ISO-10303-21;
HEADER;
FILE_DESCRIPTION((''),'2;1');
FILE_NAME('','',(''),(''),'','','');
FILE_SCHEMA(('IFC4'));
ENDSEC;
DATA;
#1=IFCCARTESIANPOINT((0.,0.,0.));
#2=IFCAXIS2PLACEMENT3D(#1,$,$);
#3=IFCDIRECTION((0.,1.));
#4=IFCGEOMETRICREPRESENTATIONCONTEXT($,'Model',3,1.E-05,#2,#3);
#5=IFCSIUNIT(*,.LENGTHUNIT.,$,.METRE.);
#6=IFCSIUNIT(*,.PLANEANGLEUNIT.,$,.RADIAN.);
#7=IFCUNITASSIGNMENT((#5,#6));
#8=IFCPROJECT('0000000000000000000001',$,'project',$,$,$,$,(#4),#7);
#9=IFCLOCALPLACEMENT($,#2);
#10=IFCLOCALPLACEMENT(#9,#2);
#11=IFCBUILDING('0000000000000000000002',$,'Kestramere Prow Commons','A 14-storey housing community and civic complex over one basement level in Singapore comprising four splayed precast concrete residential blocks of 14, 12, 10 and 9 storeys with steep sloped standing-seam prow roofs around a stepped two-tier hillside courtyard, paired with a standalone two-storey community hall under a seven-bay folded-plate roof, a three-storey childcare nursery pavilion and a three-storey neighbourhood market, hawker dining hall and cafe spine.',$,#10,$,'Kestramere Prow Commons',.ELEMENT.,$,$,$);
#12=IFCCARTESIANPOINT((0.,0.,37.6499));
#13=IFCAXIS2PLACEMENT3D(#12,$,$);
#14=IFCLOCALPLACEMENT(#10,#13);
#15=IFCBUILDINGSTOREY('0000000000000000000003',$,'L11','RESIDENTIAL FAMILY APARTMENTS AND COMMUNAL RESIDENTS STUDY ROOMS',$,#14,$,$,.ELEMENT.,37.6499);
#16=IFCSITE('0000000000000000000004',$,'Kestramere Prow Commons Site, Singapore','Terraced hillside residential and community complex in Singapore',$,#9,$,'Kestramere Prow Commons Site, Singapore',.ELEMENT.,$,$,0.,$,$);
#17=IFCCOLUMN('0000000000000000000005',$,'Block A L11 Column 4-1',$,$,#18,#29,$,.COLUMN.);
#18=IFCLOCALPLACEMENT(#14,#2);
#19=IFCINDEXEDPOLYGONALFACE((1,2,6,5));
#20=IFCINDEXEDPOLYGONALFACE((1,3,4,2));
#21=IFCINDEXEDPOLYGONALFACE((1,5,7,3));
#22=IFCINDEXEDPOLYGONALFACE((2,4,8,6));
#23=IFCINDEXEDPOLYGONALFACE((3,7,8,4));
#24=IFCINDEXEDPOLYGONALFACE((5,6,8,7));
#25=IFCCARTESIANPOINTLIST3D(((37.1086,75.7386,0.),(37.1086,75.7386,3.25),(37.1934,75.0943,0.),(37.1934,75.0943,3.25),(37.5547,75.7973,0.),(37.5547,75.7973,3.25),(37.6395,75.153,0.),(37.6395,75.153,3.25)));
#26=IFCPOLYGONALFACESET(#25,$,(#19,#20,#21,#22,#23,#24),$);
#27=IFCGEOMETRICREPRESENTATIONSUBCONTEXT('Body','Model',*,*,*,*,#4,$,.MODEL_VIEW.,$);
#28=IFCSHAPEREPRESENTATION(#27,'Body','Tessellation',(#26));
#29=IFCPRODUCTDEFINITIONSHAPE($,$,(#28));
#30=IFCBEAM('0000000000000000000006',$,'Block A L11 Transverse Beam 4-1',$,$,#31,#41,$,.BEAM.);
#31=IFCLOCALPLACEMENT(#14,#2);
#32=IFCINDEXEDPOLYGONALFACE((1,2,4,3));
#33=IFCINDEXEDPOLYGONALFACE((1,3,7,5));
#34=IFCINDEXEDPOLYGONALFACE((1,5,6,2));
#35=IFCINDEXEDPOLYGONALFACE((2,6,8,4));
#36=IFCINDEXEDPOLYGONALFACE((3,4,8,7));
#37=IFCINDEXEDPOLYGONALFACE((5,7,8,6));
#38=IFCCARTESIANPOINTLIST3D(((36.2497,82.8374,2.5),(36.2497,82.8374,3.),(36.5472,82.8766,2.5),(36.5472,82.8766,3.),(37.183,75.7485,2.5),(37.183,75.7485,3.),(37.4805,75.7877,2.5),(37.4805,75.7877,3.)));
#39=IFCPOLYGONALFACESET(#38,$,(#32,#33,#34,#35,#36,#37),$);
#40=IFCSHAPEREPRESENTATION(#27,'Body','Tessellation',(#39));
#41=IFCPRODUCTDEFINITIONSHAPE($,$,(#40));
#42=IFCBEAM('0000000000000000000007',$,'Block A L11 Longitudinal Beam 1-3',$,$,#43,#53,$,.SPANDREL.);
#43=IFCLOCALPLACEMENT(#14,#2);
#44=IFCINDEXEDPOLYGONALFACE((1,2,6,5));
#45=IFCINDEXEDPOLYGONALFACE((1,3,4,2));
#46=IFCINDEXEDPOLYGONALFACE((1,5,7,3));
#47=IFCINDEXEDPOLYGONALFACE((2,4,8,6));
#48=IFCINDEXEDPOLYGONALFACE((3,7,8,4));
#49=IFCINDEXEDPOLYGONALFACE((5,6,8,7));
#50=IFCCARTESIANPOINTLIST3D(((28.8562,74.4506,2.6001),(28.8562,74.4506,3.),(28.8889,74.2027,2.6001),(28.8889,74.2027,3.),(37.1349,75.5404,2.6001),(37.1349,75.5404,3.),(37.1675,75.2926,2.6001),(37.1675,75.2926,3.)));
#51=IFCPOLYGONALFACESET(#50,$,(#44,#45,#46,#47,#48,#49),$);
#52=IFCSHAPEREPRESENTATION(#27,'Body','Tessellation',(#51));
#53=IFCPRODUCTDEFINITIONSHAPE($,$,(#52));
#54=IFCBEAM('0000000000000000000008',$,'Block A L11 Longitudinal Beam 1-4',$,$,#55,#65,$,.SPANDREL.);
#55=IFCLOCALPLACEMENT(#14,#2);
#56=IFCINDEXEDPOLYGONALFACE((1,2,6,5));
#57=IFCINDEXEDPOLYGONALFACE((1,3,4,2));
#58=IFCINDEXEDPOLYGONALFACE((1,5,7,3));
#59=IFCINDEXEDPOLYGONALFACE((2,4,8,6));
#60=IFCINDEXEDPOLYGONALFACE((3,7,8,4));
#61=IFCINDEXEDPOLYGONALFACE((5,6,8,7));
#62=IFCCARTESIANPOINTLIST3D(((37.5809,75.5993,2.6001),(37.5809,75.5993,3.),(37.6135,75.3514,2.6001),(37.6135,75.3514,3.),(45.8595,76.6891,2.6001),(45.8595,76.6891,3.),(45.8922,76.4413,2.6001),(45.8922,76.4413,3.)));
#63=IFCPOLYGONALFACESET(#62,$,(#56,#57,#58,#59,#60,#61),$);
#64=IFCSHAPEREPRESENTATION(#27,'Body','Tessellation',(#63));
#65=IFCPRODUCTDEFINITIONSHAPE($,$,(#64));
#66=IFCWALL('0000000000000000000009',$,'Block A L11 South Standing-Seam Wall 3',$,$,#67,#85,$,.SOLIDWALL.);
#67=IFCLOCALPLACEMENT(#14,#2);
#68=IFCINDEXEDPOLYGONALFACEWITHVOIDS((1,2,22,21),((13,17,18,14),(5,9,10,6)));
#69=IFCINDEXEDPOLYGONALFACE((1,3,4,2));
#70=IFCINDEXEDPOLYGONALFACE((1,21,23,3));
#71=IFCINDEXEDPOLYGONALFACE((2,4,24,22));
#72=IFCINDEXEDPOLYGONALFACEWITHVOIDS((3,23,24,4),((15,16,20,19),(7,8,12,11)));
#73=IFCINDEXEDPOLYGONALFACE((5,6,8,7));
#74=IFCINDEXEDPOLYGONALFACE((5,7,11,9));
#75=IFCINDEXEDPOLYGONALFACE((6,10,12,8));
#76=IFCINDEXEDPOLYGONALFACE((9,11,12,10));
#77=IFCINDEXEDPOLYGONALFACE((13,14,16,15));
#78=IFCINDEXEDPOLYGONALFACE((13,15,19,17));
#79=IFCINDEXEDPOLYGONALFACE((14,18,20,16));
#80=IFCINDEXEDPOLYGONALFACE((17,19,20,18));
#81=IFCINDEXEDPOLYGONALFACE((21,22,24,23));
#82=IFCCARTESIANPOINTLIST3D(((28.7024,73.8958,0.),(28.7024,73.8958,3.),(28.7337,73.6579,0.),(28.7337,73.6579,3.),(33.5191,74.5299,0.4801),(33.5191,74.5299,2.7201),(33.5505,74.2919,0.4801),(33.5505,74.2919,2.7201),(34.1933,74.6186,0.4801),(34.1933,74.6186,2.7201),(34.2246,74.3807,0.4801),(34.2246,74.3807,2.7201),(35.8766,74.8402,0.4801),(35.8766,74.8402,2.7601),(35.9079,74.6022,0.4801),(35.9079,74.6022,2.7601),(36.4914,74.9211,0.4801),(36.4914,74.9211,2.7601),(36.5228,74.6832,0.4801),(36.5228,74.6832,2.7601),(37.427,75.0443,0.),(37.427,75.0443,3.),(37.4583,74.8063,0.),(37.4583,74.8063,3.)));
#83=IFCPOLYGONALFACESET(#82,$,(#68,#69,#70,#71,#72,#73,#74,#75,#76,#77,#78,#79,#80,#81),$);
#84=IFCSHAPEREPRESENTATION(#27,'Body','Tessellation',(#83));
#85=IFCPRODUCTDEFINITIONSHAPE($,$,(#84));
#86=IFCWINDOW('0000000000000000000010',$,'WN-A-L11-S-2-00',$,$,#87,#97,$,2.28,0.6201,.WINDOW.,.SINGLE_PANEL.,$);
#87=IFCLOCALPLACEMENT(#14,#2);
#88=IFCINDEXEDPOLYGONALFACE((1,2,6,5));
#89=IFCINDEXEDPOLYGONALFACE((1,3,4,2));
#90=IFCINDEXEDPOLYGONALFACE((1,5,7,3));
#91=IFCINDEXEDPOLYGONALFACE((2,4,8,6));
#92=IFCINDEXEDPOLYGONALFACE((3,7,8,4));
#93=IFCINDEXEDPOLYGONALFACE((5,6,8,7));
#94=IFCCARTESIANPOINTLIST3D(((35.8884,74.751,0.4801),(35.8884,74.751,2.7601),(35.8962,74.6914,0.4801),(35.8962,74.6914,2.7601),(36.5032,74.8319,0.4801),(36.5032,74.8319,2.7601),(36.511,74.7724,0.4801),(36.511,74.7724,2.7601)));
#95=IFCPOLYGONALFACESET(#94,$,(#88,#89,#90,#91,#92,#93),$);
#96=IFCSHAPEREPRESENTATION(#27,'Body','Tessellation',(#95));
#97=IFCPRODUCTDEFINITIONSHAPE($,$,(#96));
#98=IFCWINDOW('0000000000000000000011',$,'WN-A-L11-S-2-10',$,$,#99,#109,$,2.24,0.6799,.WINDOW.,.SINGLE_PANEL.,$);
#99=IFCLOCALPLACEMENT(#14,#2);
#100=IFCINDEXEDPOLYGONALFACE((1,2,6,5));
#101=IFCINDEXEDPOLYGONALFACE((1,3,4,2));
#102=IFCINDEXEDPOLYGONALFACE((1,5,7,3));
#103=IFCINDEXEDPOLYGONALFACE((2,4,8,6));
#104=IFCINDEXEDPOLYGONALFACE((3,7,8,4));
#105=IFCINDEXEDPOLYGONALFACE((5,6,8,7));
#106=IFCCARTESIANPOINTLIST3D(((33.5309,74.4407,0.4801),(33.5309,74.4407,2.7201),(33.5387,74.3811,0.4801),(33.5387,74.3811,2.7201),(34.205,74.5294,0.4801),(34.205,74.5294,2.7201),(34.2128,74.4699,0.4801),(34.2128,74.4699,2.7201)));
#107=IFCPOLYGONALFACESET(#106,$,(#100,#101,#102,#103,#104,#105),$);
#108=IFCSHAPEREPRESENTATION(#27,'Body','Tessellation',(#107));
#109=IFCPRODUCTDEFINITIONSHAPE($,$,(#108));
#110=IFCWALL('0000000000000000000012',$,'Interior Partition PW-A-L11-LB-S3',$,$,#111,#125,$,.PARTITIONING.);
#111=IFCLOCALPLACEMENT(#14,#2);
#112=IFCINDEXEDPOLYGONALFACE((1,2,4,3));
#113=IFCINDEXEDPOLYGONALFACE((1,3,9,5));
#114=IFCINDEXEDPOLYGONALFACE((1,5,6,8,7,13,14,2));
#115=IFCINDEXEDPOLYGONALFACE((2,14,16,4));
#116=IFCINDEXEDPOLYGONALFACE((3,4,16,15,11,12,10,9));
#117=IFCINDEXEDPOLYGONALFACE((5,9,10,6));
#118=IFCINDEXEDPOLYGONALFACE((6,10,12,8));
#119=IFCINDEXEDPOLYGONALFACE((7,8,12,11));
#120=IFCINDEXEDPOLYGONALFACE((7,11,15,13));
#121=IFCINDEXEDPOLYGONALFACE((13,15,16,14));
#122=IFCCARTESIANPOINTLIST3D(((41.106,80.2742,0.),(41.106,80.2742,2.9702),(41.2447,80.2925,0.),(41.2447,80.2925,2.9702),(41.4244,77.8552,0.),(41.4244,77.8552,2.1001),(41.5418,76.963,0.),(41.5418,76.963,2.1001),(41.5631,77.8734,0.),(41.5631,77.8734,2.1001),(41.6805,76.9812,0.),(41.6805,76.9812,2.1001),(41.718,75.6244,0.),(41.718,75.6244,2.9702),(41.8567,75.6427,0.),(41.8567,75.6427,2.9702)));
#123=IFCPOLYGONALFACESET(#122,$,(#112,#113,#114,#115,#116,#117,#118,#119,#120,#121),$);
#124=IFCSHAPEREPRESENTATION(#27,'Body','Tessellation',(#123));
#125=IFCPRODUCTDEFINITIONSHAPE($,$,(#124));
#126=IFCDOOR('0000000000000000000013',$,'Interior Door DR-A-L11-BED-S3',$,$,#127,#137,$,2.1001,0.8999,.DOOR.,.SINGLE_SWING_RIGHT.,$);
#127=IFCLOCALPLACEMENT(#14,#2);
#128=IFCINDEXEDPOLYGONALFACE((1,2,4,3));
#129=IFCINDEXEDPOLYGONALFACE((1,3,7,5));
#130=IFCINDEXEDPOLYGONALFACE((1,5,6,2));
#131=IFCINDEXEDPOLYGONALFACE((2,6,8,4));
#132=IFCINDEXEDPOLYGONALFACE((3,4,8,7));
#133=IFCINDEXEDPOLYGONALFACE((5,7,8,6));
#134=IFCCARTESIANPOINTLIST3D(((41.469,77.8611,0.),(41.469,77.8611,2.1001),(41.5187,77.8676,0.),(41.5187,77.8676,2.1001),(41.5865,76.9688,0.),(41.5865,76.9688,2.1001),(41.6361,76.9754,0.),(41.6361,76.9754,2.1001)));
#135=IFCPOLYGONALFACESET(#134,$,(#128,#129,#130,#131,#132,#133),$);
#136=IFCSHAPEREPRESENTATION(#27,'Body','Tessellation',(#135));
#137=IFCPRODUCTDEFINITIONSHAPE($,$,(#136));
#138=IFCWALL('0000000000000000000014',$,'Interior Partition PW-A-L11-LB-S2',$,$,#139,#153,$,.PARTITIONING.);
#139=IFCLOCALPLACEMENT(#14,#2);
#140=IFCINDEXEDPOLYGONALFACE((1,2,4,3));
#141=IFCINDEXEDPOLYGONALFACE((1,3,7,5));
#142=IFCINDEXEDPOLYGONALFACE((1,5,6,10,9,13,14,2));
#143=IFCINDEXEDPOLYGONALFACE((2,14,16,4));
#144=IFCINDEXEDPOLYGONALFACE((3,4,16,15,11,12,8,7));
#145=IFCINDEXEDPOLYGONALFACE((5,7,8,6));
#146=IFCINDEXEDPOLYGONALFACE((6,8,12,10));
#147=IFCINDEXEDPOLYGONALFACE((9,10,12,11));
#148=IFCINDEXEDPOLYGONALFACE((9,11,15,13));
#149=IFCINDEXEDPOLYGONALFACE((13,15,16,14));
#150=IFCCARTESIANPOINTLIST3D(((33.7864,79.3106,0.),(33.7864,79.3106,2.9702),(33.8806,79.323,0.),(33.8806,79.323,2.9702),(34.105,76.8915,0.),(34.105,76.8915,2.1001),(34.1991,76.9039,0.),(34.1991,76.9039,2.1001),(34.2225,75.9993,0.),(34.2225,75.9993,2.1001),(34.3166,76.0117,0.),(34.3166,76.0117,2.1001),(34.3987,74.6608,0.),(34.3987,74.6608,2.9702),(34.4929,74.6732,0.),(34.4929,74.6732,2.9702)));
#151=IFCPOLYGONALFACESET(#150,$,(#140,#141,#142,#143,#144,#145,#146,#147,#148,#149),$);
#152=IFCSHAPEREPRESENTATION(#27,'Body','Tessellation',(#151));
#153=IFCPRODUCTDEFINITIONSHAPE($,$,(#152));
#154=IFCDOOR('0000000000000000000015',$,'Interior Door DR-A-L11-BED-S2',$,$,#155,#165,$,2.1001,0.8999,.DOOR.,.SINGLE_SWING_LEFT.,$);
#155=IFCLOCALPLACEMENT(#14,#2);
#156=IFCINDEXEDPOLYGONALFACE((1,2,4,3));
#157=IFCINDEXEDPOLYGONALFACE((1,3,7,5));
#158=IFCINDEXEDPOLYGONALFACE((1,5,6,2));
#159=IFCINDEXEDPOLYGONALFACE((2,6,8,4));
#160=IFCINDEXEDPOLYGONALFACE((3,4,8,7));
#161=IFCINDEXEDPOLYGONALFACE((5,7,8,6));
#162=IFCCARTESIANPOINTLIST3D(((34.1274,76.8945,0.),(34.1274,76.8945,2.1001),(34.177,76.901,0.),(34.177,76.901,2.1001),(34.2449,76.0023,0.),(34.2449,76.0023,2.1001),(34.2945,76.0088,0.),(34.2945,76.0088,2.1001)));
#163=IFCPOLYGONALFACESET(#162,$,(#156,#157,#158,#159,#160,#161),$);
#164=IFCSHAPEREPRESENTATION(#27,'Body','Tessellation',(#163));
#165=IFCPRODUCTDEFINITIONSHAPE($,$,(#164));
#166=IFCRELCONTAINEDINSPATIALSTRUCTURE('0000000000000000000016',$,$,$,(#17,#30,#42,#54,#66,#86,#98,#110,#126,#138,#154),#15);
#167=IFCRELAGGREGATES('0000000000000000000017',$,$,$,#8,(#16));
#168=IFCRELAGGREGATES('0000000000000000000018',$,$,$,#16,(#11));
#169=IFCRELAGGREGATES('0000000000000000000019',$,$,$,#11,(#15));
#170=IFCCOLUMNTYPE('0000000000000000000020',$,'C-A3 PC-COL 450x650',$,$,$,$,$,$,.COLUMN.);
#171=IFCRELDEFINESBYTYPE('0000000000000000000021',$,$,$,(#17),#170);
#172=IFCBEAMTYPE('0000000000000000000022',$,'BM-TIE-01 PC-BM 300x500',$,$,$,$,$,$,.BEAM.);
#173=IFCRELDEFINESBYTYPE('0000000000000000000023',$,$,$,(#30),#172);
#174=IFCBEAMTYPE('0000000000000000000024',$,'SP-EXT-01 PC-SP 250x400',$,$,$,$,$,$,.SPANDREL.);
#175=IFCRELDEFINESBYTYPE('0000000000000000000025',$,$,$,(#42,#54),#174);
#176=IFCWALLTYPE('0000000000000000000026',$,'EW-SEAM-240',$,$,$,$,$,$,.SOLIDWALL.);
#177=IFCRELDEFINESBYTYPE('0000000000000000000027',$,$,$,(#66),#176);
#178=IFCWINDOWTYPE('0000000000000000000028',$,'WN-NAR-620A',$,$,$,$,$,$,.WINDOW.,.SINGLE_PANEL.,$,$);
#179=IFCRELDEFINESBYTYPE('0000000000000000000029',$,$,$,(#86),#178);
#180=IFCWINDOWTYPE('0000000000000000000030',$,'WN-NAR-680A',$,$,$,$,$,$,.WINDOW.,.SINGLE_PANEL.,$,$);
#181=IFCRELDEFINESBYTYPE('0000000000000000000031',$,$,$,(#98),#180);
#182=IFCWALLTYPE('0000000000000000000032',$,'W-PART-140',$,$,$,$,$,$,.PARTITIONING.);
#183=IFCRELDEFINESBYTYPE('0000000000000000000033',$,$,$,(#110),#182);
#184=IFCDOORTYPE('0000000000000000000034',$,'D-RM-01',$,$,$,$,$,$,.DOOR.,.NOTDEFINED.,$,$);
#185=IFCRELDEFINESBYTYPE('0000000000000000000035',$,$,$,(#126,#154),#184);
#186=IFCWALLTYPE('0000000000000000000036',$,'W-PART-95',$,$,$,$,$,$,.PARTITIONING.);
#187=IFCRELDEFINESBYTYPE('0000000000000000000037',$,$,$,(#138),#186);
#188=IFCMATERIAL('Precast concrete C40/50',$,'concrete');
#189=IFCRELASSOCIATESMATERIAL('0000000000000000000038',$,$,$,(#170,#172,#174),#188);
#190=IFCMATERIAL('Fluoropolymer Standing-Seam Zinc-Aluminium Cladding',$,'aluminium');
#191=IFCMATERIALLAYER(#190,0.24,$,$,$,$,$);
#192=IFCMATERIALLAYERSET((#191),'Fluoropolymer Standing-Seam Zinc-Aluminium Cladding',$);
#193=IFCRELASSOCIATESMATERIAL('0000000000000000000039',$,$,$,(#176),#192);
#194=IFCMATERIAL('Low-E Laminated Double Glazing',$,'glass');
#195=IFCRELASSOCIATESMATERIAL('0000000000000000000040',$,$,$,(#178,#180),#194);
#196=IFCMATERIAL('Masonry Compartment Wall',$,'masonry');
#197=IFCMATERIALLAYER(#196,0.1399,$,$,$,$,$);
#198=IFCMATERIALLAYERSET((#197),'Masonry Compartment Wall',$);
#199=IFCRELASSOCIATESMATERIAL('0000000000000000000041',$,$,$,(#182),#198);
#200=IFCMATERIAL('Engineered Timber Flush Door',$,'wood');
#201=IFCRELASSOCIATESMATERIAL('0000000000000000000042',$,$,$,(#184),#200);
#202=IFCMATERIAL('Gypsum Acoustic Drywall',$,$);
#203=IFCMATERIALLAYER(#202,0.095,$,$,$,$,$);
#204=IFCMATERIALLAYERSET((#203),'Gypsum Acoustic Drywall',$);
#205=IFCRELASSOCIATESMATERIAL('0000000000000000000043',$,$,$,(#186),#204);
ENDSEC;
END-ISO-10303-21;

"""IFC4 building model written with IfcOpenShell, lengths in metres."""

from ifc_helpers import new_model, si_unit, direction, frame, frame_2d, origin, origin_2d, place, context, subcontext, project, spatial, rectangle, extrude, material, layer, layer_set, material_profile, profile_set, type_object, element, fill, save


model = new_model("IFC4")

# Units and contexts
model_context = context("Model", 3, precision=1e-05, world=origin(), true_north=direction((0.0, 1.0)))
body_context = subcontext(model_context, "Body", "Model", "MODEL_VIEW")
ifc_project = project(units=[si_unit("LENGTHUNIT", "METRE"), si_unit("PLANEANGLEUNIT", "RADIAN")], contexts=[model_context])

# Site, building, storey
site_placement = place(None, origin())
site = spatial("IfcSite", under=ifc_project, at=site_placement, Name="Kestramere Prow Commons Site, Singapore", Description="Terraced hillside residential and community complex in Singapore", LongName="Kestramere Prow Commons Site, Singapore", CompositionType="ELEMENT", RefElevation=0.0)
building_placement = place(site_placement, origin())
building = spatial("IfcBuilding", under=site, at=building_placement, Name="Kestramere Prow Commons", Description="A 14-storey housing community and civic complex over one basement level in Singapore comprising four splayed precast concrete residential blocks of 14, 12, 10 and 9 storeys with steep sloped standing-seam prow roofs around a stepped two-tier hillside courtyard, paired with a standalone two-storey community hall under a seven-bay folded-plate roof, a three-storey childcare nursery pavilion and a three-storey neighbourhood market, hawker dining hall and cafe spine.", LongName="Kestramere Prow Commons", CompositionType="ELEMENT")
storey_placement = place(building_placement, frame((0.0, 0.0, 37.6499)))
storey = spatial("IfcBuildingStorey", under=building, at=storey_placement, Name="L11", Description="RESIDENTIAL FAMILY APARTMENTS AND COMMUNAL RESIDENTS STUDY ROOMS", CompositionType="ELEMENT", Elevation=37.6499)

# Column
ifc_material_1 = material(Name="Precast concrete C40/50", Category="concrete")
ifc_material_profile_1 = material_profile(ifc_material_1, rectangle(XDim=0.45, YDim=0.6499, at=origin_2d()), Name="PC-COL 450x650")
ifc_profile_set_1 = profile_set([ifc_material_profile_1], Name="Precast concrete C40/50")
column_type = type_object("IfcColumnType", Name="C-A3 PC-COL 450x650", PredefinedType="COLUMN", material=ifc_profile_set_1)
column_placement = place(storey_placement, frame((37.374, 75.4458, 0.0), z_axis=(0.0, 0.0, 1.0), x_axis=(0.991445, 0.130526, 0.0)))
element("IfcColumn", 1, at=column_placement, inside=storey, type_object=column_type, Name="Block A L11 Column 4-1", PredefinedType="COLUMN", context=body_context, shape_type="SweptSolid", body=[
    extrude(rectangle(XDim=0.45, YDim=0.6499, at=origin_2d()), origin(), (0.0, 0.0, 1.0), 3.25),
])

# Beams
ifc_material_profile_2 = material_profile(ifc_material_1, rectangle(XDim=0.3, YDim=0.5, at=origin_2d()), Name="PC-BM 300x500")
ifc_profile_set_2 = profile_set([ifc_material_profile_2], Name="Precast concrete C40/50")
beam_type_1 = type_object("IfcBeamType", Name="BM-TIE-01 PC-BM 300x500", PredefinedType="BEAM", material=ifc_profile_set_2)
beam_placement = place(storey_placement, frame((37.3318, 75.7681, 2.75), z_axis=(-0.130538, 0.991443, 0.0), x_axis=(-0.991443, -0.130538, 0.0)))
element("IfcBeam", 2, at=beam_placement, inside=storey, type_object=beam_type_1, Name="Block A L11 Transverse Beam 4-1", PredefinedType="BEAM", context=body_context, shape_type="SweptSolid", body=[
    extrude(rectangle(XDim=0.3, YDim=0.5, at=origin_2d()), origin(), (0.0, 0.0, 1.0), 7.1501),
])
ifc_material_profile_3 = material_profile(ifc_material_1, rectangle(XDim=0.25, YDim=0.3999, at=origin_2d()), Name="PC-SP 250x400")
ifc_profile_set_3 = profile_set([ifc_material_profile_3], Name="Precast concrete C40/50")
beam_type_2 = type_object("IfcBeamType", Name="SP-EXT-01 PC-SP 250x400", PredefinedType="SPANDREL", material=ifc_profile_set_3)
for number, where, z_axis, x_axis, name in (
    (3, (28.8726, 74.3267, 2.8), (0.991446, 0.13052, 0.0), (-0.13052, 0.991446, 0.0), "Block A L11 Longitudinal Beam 1-3"),
    (4, (37.5972, 75.4753, 2.8), (0.991446, 0.13052, 0.0), (-0.13052, 0.991446, 0.0), "Block A L11 Longitudinal Beam 1-4"),
):
    element("IfcBeam", number, at=place(storey_placement, frame(where, z_axis=z_axis, x_axis=x_axis)), inside=storey, type_object=beam_type_2, Name=name, PredefinedType="SPANDREL", context=body_context, shape_type="SweptSolid", body=[
        extrude(rectangle(XDim=0.25, YDim=0.3999, at=origin_2d()), origin(), (0.0, 0.0, 1.0), 8.3501),
    ])

# Wall, openings, windows
ifc_material_2 = material(Name="Fluoropolymer Standing-Seam Zinc-Aluminium Cladding", Category="aluminium")
ifc_layer_1 = layer(ifc_material_2, 0.24)
ifc_layer_set_1 = layer_set([ifc_layer_1], Name="Fluoropolymer Standing-Seam Zinc-Aluminium Cladding")
wall_type_1 = type_object("IfcWallType", Name="EW-SEAM-240", PredefinedType="SOLIDWALL", material=ifc_layer_set_1)
wall_1_placement = place(storey_placement, frame((37.4426, 74.9253, 0.0), z_axis=(0.0, 0.0, 1.0), x_axis=(-0.991447, -0.130506, 0.0)))
wall_1 = element("IfcWall", 5, at=wall_1_placement, inside=storey, type_object=wall_type_1, Name="Block A L11 South Standing-Seam Wall 3", PredefinedType="SOLIDWALL", context=body_context, shape_type="SweptSolid", body=[
    extrude(rectangle(XDim=8.7998, YDim=0.24, at=frame_2d((4.3999, 0.0))), origin(), (0.0, 0.0, 1.0), 3.0),
])
opening_1_placement = place(wall_1_placement, frame((0.9436, 0.0, 0.48)))
opening_1 = element("IfcOpeningElement", 6, at=opening_1_placement, cuts=wall_1, PredefinedType="OPENING", context=body_context, shape_type="SweptSolid", body=[
    extrude(rectangle(XDim=0.6201, YDim=2.28, at=frame_2d((0.3101, 1.1401))), frame((0.0, 0.135, 0.0), z_axis=(0.0, -1.0, 0.0), x_axis=(1.0, 0.0, 0.0)), (0.0, 0.0, 1.0), 0.27),
])
opening_2_placement = place(wall_1_placement, frame((3.2617, 0.0, 0.48)))
opening_2 = element("IfcOpeningElement", 7, at=opening_2_placement, cuts=wall_1, PredefinedType="OPENING", context=body_context, shape_type="SweptSolid", body=[
    extrude(rectangle(XDim=0.6799, YDim=2.24, at=frame_2d((0.3398, 1.1201))), frame((0.0, 0.135, 0.0), z_axis=(0.0, -1.0, 0.0), x_axis=(1.0, 0.0, 0.0)), (0.0, 0.0, 1.0), 0.27),
])
ifc_material_3 = material(Name="Low-E Laminated Double Glazing", Category="glass")
window_type_1 = type_object("IfcWindowType", Name="WN-NAR-620A", PartitioningType="SINGLE_PANEL", PredefinedType="WINDOW", material=ifc_material_3)
window_1_placement = place(opening_1_placement, origin())
window_1 = element("IfcWindow", 8, at=window_1_placement, inside=storey, type_object=window_type_1, Name="WN-A-L11-S-2-00", OverallHeight=2.28, OverallWidth=0.6201, PartitioningType="SINGLE_PANEL", PredefinedType="WINDOW", context=body_context, shape_type="SweptSolid", body=[
    extrude(rectangle(XDim=0.6201, YDim=2.28, at=frame_2d((0.3101, 1.1401))), frame((0.0, 0.03, 0.0), z_axis=(0.0, -1.0, 0.0), x_axis=(1.0, 0.0, 0.0)), (0.0, 0.0, 1.0), 0.0601),
])
fill(opening_1, window_1)
window_type_2 = type_object("IfcWindowType", Name="WN-NAR-680A", PartitioningType="SINGLE_PANEL", PredefinedType="WINDOW", material=ifc_material_3)
window_2_placement = place(opening_2_placement, origin())
window_2 = element("IfcWindow", 9, at=window_2_placement, inside=storey, type_object=window_type_2, Name="WN-A-L11-S-2-10", OverallHeight=2.24, OverallWidth=0.6799, PartitioningType="SINGLE_PANEL", PredefinedType="WINDOW", context=body_context, shape_type="SweptSolid", body=[
    extrude(rectangle(XDim=0.6799, YDim=2.24, at=frame_2d((0.3398, 1.1201))), frame((0.0, 0.03, 0.0), z_axis=(0.0, -1.0, 0.0), x_axis=(1.0, 0.0, 0.0)), (0.0, 0.0, 1.0), 0.0601),
])
fill(opening_2, window_2)

# Walls, openings, doors
ifc_material_4 = material(Name="Masonry Compartment Wall", Category="masonry")
ifc_layer_2 = layer(ifc_material_4, 0.1399)
ifc_layer_set_2 = layer_set([ifc_layer_2], Name="Masonry Compartment Wall")
wall_type_2 = type_object("IfcWallType", Name="W-PART-140", PredefinedType="PARTITIONING", material=ifc_layer_set_2)
wall_2_placement = place(storey_placement, frame((41.7874, 75.6335, 0.0), z_axis=(0.0, 0.0, 1.0), x_axis=(-0.130503, 0.991448, 0.0)))
wall_2 = element("IfcWall", 10, at=wall_2_placement, inside=storey, type_object=wall_type_2, Name="Interior Partition PW-A-L11-LB-S3", PredefinedType="PARTITIONING", context=body_context, shape_type="SweptSolid", body=[
    extrude(rectangle(XDim=4.6899, YDim=0.1399, at=frame_2d((2.345, 0.0))), origin(), (0.0, 0.0, 1.0), 2.9702),
])
opening_3_placement = place(wall_2_placement, frame((1.3501, 0.0, 0.0)))
opening_3 = element("IfcOpeningElement", 11, at=opening_3_placement, cuts=wall_2, PredefinedType="OPENING", context=body_context, shape_type="SweptSolid", body=[
    extrude(rectangle(XDim=0.8999, YDim=2.1001, at=frame_2d((0.45, 1.05))), frame((0.0, 0.085, 0.0), z_axis=(0.0, -1.0, 0.0), x_axis=(1.0, 0.0, 0.0)), (0.0, 0.0, 1.0), 0.1699),
])
ifc_material_5 = material(Name="Engineered Timber Flush Door", Category="wood")
door_type = type_object("IfcDoorType", Name="D-RM-01", OperationType="NOTDEFINED", PredefinedType="DOOR", material=ifc_material_5)
door_1_placement = place(opening_3_placement, origin())
door_1 = element("IfcDoor", 12, at=door_1_placement, inside=storey, type_object=door_type, Name="Interior Door DR-A-L11-BED-S3", OperationType="SINGLE_SWING_RIGHT", OverallHeight=2.1001, OverallWidth=0.8999, PredefinedType="DOOR", context=body_context, shape_type="SweptSolid", body=[
    extrude(rectangle(XDim=0.8999, YDim=2.1001, at=frame_2d((0.45, 1.05))), frame((0.0, 0.0249, 0.0), z_axis=(0.0, -1.0, 0.0), x_axis=(1.0, 0.0, 0.0)), (0.0, 0.0, 1.0), 0.05),
])
fill(opening_3, door_1)
ifc_material_6 = material(Name="Gypsum Acoustic Drywall")
ifc_layer_3 = layer(ifc_material_6, 0.095)
ifc_layer_set_3 = layer_set([ifc_layer_3], Name="Gypsum Acoustic Drywall")
wall_type_3 = type_object("IfcWallType", Name="W-PART-95", PredefinedType="PARTITIONING", material=ifc_layer_set_3)
wall_3_placement = place(storey_placement, frame((34.4458, 74.667, 0.0), z_axis=(0.0, 0.0, 1.0), x_axis=(-0.130554, 0.991441, 0.0)))
wall_3 = element("IfcWall", 13, at=wall_3_placement, inside=storey, type_object=wall_type_3, Name="Interior Partition PW-A-L11-LB-S2", PredefinedType="PARTITIONING", context=body_context, shape_type="SweptSolid", body=[
    extrude(rectangle(XDim=4.6899, YDim=0.095, at=frame_2d((2.345, 0.0))), origin(), (0.0, 0.0, 1.0), 2.9702),
])
opening_4_placement = place(wall_3_placement, frame((1.3501, 0.0, 0.0)))
opening_4 = element("IfcOpeningElement", 14, at=opening_4_placement, cuts=wall_3, PredefinedType="OPENING", context=body_context, shape_type="SweptSolid", body=[
    extrude(rectangle(XDim=0.8999, YDim=2.1001, at=frame_2d((0.45, 1.05))), frame((0.0, 0.0625, 0.0), z_axis=(0.0, -1.0, 0.0), x_axis=(1.0, 0.0, 0.0)), (0.0, 0.0, 1.0), 0.125),
])
door_2_placement = place(opening_4_placement, origin())
door_2 = element("IfcDoor", 15, at=door_2_placement, inside=storey, type_object=door_type, Name="Interior Door DR-A-L11-BED-S2", OperationType="SINGLE_SWING_LEFT", OverallHeight=2.1001, OverallWidth=0.8999, PredefinedType="DOOR", context=body_context, shape_type="SweptSolid", body=[
    extrude(rectangle(XDim=0.8999, YDim=2.1001, at=frame_2d((0.45, 1.05))), frame((0.0, 0.0249, 0.0), z_axis=(0.0, -1.0, 0.0), x_axis=(1.0, 0.0, 0.0)), (0.0, 0.0, 1.0), 0.05),
])
fill(opening_4, door_2)

save(model, "model.ifc")
